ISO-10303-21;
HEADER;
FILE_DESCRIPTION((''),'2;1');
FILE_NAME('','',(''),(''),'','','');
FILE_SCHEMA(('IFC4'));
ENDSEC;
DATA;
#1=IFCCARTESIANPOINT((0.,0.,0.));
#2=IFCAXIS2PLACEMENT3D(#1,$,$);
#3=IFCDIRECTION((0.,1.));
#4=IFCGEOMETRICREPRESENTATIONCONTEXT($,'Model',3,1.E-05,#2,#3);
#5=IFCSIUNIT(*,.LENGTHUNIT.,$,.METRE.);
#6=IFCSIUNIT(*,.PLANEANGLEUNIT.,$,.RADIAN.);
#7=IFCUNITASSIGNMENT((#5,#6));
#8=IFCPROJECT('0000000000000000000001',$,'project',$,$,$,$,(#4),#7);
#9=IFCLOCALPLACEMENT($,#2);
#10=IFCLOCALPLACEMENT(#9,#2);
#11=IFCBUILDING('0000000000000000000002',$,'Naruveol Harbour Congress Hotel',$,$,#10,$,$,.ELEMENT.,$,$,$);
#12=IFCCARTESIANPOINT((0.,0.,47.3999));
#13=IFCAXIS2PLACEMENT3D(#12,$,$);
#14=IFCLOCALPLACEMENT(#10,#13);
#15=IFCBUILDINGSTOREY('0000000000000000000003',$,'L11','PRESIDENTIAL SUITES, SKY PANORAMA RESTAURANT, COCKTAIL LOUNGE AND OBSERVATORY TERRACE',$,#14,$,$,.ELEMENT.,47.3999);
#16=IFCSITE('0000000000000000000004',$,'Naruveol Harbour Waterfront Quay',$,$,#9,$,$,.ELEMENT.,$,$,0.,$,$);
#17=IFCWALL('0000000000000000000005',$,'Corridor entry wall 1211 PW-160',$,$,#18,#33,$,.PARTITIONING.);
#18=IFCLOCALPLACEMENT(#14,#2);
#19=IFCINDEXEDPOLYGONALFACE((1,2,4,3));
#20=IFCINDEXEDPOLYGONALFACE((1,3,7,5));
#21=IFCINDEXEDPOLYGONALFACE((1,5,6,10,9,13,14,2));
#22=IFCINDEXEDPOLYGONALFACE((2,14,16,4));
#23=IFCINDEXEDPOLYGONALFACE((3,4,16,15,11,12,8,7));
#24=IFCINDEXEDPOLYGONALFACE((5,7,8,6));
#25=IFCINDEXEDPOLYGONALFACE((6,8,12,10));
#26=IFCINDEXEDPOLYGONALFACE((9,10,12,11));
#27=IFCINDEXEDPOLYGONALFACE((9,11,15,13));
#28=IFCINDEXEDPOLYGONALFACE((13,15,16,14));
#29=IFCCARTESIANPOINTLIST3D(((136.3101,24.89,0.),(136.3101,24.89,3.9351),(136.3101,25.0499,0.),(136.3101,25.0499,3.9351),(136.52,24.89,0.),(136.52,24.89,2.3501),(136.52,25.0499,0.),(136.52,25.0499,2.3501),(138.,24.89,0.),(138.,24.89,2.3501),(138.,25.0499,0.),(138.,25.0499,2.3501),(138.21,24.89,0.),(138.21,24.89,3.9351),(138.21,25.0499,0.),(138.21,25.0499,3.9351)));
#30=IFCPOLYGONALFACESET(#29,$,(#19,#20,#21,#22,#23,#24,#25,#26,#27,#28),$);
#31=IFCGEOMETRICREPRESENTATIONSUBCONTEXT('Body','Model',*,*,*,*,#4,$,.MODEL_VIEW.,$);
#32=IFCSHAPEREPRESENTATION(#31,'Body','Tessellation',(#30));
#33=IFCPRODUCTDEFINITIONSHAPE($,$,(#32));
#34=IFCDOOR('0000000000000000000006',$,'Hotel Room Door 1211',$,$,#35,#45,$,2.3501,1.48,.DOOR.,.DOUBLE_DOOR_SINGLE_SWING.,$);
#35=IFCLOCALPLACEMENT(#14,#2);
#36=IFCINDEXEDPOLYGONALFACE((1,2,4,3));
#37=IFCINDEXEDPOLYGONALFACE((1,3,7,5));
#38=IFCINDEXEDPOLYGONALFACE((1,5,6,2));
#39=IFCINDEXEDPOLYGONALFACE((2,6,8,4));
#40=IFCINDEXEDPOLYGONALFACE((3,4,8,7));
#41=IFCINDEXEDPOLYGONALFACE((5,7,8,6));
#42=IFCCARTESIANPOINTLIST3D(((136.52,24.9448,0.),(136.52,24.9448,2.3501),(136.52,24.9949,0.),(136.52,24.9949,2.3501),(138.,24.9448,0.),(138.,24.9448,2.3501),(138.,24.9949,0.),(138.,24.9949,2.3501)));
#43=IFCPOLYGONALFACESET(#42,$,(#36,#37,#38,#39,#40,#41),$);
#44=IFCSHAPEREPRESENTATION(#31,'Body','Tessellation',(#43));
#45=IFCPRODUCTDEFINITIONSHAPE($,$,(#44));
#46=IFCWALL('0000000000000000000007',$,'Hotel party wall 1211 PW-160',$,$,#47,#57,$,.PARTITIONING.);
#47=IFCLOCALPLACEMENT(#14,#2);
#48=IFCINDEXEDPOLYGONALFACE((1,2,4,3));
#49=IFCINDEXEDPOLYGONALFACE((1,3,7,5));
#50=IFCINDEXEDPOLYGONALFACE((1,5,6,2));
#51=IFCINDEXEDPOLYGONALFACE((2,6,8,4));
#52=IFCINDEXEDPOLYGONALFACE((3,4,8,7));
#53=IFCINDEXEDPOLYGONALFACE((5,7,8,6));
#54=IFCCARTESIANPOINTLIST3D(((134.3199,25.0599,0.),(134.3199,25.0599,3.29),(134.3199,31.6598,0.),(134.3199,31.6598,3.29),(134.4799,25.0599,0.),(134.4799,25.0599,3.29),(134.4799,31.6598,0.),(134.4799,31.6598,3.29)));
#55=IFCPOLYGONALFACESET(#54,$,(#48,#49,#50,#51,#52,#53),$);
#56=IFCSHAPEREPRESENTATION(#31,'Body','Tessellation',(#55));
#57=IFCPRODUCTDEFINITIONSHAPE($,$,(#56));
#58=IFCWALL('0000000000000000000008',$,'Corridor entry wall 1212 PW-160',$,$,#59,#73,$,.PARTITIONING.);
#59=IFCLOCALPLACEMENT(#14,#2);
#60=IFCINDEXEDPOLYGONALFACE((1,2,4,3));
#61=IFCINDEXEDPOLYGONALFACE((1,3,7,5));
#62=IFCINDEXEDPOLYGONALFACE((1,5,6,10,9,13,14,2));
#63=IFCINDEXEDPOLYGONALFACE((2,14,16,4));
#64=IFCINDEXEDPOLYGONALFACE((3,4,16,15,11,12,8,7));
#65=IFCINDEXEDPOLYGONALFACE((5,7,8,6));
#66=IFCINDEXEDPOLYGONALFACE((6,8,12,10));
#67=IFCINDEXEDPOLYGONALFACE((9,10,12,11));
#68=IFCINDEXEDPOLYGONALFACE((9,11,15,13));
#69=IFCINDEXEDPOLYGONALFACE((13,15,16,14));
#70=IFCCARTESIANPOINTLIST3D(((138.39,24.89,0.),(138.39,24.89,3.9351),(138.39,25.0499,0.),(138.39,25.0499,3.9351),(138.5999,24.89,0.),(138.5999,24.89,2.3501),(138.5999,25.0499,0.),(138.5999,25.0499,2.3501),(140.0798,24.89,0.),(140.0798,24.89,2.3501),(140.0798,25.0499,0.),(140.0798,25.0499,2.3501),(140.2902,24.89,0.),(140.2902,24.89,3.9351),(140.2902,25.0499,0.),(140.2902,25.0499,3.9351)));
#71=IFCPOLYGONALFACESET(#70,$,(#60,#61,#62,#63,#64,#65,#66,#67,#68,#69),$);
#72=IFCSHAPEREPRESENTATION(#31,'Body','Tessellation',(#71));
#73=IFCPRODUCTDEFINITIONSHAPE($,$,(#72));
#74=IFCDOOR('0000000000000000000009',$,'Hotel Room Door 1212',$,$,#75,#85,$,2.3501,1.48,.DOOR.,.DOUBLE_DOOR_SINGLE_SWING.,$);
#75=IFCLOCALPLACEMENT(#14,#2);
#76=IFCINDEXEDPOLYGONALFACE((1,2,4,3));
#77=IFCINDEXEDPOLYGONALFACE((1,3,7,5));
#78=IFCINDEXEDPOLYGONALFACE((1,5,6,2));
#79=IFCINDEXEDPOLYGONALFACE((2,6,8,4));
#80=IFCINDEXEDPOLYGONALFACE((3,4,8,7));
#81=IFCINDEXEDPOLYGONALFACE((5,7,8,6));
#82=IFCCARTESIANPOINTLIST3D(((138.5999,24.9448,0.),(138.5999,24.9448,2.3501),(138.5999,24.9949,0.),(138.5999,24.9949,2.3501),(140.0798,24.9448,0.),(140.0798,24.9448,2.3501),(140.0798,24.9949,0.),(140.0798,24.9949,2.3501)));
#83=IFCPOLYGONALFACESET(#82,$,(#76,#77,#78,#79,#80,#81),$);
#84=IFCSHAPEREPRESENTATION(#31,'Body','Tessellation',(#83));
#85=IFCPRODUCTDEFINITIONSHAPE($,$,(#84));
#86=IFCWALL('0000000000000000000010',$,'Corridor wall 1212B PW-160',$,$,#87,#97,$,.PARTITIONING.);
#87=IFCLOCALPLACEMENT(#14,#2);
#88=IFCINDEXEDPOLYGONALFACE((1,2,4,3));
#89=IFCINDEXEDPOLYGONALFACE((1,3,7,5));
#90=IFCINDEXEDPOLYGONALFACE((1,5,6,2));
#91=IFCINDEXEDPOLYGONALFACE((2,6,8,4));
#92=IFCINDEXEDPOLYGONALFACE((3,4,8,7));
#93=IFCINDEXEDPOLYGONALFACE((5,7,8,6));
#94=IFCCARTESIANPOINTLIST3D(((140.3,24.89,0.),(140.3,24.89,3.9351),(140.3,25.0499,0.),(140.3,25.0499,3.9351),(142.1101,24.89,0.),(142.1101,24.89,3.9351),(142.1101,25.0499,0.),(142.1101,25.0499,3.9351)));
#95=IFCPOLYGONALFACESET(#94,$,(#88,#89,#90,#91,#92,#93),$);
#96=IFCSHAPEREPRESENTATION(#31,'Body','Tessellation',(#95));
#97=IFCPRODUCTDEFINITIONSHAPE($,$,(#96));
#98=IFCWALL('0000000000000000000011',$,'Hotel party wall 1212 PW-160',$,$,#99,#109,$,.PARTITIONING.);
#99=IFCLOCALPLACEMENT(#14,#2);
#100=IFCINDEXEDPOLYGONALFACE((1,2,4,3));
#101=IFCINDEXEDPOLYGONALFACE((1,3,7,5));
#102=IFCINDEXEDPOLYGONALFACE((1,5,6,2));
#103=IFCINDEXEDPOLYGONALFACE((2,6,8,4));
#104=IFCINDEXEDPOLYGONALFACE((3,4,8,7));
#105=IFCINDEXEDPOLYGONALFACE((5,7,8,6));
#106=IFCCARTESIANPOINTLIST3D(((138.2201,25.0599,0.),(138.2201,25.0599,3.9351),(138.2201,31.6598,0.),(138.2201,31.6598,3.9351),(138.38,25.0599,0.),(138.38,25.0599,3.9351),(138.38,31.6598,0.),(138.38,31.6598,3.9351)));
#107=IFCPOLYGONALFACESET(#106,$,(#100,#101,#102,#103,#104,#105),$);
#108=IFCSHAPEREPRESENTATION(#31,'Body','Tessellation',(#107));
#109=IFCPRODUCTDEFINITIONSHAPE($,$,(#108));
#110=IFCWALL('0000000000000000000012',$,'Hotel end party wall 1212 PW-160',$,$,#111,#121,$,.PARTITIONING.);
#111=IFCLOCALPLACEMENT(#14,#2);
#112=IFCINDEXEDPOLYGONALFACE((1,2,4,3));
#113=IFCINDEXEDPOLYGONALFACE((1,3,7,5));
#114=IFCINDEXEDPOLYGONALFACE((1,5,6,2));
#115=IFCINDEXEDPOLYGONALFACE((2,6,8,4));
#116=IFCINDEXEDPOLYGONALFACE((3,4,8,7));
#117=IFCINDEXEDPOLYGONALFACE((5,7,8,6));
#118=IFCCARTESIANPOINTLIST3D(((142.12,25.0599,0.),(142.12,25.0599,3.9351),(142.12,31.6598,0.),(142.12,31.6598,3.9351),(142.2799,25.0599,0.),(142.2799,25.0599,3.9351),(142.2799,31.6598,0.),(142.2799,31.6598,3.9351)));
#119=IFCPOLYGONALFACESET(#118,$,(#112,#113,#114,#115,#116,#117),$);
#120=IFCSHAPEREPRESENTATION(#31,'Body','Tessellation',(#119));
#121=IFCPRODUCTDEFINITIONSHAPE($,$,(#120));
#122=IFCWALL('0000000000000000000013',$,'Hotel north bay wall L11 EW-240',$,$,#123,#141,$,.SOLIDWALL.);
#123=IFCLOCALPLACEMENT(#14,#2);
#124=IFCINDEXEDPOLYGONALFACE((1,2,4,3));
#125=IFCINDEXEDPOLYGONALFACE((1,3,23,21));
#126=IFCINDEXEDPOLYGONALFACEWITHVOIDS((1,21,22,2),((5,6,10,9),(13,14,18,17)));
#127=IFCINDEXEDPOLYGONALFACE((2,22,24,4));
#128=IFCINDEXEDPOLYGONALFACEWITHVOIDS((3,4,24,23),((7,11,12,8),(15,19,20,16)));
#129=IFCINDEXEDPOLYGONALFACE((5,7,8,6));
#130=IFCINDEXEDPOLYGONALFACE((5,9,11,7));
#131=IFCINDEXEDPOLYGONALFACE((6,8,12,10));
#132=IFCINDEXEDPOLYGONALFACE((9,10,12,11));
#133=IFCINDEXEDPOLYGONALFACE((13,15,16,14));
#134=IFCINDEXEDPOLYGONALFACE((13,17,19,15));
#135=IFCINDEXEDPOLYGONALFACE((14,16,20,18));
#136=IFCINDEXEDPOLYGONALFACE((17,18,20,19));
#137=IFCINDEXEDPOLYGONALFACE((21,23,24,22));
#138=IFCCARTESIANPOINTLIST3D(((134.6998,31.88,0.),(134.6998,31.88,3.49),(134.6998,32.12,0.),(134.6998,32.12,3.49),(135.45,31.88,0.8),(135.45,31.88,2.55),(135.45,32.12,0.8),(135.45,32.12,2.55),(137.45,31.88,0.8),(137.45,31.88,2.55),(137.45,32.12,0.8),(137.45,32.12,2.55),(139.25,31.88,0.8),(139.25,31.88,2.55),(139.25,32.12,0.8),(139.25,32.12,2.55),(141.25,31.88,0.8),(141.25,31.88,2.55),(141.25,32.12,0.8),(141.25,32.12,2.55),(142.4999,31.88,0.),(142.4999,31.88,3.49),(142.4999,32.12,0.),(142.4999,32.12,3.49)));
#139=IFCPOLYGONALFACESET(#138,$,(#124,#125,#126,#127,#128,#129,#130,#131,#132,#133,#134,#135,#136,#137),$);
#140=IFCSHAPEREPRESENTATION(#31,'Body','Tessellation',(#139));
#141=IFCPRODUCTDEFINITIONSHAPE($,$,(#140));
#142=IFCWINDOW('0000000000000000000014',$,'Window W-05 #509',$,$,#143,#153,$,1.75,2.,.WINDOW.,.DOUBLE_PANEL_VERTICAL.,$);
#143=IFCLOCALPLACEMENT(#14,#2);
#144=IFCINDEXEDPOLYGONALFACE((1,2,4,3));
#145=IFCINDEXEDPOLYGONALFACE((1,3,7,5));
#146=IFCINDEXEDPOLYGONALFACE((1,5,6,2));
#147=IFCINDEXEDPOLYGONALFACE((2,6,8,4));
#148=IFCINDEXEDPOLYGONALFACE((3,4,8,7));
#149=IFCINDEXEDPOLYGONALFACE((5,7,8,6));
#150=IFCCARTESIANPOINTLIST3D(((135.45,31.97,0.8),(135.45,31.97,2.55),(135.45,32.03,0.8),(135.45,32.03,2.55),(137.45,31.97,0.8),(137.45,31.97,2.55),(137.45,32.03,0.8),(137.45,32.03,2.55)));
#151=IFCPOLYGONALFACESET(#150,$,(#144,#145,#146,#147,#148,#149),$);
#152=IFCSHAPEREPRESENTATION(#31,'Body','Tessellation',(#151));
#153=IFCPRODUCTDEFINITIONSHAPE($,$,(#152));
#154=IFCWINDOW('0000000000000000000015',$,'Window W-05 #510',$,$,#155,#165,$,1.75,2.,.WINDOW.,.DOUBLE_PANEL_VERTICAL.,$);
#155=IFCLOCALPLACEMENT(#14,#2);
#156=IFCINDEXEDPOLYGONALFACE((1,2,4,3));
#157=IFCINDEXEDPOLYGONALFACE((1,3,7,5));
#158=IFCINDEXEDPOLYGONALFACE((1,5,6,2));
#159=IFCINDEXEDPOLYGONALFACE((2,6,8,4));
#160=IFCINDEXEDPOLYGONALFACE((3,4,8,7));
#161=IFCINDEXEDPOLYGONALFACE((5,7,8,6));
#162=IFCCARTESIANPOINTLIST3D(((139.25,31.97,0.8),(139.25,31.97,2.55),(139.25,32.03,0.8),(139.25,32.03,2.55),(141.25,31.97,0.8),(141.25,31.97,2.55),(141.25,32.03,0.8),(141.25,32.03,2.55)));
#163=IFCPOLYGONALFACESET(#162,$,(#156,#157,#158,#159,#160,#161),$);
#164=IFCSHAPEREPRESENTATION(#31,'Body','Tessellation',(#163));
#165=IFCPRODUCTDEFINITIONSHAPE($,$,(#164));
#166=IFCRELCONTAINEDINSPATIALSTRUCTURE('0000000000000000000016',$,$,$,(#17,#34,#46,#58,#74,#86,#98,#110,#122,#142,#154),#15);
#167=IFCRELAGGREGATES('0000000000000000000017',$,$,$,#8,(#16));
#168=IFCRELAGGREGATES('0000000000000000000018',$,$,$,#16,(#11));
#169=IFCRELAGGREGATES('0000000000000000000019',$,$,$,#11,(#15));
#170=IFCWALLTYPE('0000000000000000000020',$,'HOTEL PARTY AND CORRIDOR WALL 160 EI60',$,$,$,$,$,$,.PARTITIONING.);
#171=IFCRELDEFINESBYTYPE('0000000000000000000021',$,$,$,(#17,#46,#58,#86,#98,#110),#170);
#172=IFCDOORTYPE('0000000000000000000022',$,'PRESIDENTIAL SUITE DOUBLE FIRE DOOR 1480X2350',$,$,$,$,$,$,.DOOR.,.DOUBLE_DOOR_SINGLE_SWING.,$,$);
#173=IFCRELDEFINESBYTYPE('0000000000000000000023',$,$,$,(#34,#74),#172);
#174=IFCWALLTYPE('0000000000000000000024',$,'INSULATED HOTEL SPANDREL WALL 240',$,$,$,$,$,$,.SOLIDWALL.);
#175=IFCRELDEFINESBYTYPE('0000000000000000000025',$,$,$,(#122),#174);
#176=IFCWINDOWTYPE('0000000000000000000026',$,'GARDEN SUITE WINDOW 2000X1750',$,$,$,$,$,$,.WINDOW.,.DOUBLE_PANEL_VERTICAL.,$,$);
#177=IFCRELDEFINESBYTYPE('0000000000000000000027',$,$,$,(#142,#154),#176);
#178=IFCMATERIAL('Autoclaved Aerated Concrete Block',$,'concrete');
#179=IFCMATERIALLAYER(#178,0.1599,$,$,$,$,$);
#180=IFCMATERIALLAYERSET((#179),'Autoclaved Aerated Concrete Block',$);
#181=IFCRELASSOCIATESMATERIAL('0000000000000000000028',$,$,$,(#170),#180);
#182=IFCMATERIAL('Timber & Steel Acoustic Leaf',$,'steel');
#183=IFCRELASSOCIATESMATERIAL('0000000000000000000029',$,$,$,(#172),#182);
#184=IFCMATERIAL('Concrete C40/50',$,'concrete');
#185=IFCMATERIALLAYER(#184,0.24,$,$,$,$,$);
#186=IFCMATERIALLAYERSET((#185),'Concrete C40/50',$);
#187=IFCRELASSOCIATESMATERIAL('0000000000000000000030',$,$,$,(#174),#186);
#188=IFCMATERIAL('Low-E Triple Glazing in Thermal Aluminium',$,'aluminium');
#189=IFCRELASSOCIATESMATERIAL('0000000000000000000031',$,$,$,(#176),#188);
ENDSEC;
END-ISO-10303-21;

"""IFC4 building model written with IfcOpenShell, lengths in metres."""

from ifc_helpers import new_model, si_unit, direction, frame, frame_2d, origin, place, context, subcontext, project, spatial, rectangle, extrude, material, layer, layer_set, type_object, element, fill, save


model = new_model("IFC4")

# Units and contexts
model_context = context("Model", 3, precision=1e-05, world=origin(), true_north=direction((0.0, 1.0)))
body_context = subcontext(model_context, "Body", "Model", "MODEL_VIEW")
ifc_project = project(units=[si_unit("LENGTHUNIT", "METRE"), si_unit("PLANEANGLEUNIT", "RADIAN")], contexts=[model_context])

# Site, building, storey
site_placement = place(None, origin())
site = spatial("IfcSite", under=ifc_project, at=site_placement, Name="Naruveol Harbour Waterfront Quay", CompositionType="ELEMENT", RefElevation=0.0)
building_placement = place(site_placement, origin())
building = spatial("IfcBuilding", under=site, at=building_placement, Name="Naruveol Harbour Congress Hotel", CompositionType="ELEMENT")
storey_placement = place(building_placement, frame((0.0, 0.0, 47.3999)))
storey = spatial("IfcBuildingStorey", under=building, at=storey_placement, Name="L11", Description="PRESIDENTIAL SUITES, SKY PANORAMA RESTAURANT, COCKTAIL LOUNGE AND OBSERVATORY TERRACE", CompositionType="ELEMENT", Elevation=47.3999)

# Shared definitions
ifc_material_1 = material(Name="Autoclaved Aerated Concrete Block", Category="concrete")
ifc_layer_1 = layer(ifc_material_1, 0.1599)
ifc_layer_set_1 = layer_set([ifc_layer_1], Name="Autoclaved Aerated Concrete Block")
wall_type_1 = type_object("IfcWallType", Name="HOTEL PARTY AND CORRIDOR WALL 160 EI60", PredefinedType="PARTITIONING", material=ifc_layer_set_1)

# Wall, opening, door
wall_1_placement = place(storey_placement, frame((136.3101, 24.97, 0.0), z_axis=(0.0, 0.0, 1.0), x_axis=(1.0, 0.0, 0.0)))
wall_1 = element("IfcWall", 1, at=wall_1_placement, inside=storey, type_object=wall_type_1, Name="Corridor entry wall 1211 PW-160", PredefinedType="PARTITIONING", context=body_context, shape_type="SweptSolid", body=[
    extrude(rectangle(XDim=1.8999, YDim=0.1599, at=frame_2d((0.95, 0.0))), origin(), (0.0, 0.0, 1.0), 3.9351),
])
opening_1_placement = place(wall_1_placement, frame((0.21, 0.0, 0.0)))
opening_1 = element("IfcOpeningElement", 2, at=opening_1_placement, cuts=wall_1, PredefinedType="OPENING", context=body_context, shape_type="SweptSolid", body=[
    extrude(rectangle(XDim=1.48, YDim=2.3501, at=frame_2d((0.74, 1.175))), frame((0.0, 0.0898, 0.0), z_axis=(0.0, -1.0, 0.0), x_axis=(1.0, 0.0, 0.0)), (0.0, 0.0, 1.0), 0.1799),
])
ifc_material_2 = material(Name="Timber & Steel Acoustic Leaf", Category="steel")
door_type_1 = type_object("IfcDoorType", Name="PRESIDENTIAL SUITE DOUBLE FIRE DOOR 1480X2350", OperationType="DOUBLE_DOOR_SINGLE_SWING", PredefinedType="DOOR", material=ifc_material_2)
door_1_placement = place(opening_1_placement, origin())
door_1 = element("IfcDoor", 3, at=door_1_placement, inside=storey, type_object=door_type_1, Name="Hotel Room Door 1211", OperationType="DOUBLE_DOOR_SINGLE_SWING", OverallHeight=2.3501, OverallWidth=1.48, PredefinedType="DOOR", context=body_context, shape_type="SweptSolid", body=[
    extrude(rectangle(XDim=1.48, YDim=2.3501, at=frame_2d((0.74, 1.175))), frame((0.0, 0.0249, 0.0), z_axis=(0.0, -1.0, 0.0), x_axis=(1.0, 0.0, 0.0)), (0.0, 0.0, 1.0), 0.05),
])
fill(opening_1, door_1)

# Wall
wall_2_placement = place(storey_placement, frame((134.3999, 25.0601, 0.0), z_axis=(0.0, 0.0, 1.0), x_axis=(0.0, 1.0, 0.0)))
element("IfcWall", 4, at=wall_2_placement, inside=storey, type_object=wall_type_1, Name="Hotel party wall 1211 PW-160", PredefinedType="PARTITIONING", context=body_context, shape_type="SweptSolid", body=[
    extrude(rectangle(XDim=6.5999, YDim=0.1599, at=frame_2d((3.2998, 0.0))), origin(), (0.0, 0.0, 1.0), 3.29),
])

# Wall, opening, door
wall_3_placement = place(storey_placement, frame((138.3899, 24.97, 0.0), z_axis=(0.0, 0.0, 1.0), x_axis=(1.0, 0.0, 0.0)))
wall_3 = element("IfcWall", 5, at=wall_3_placement, inside=storey, type_object=wall_type_1, Name="Corridor entry wall 1212 PW-160", PredefinedType="PARTITIONING", context=body_context, shape_type="SweptSolid", body=[
    extrude(rectangle(XDim=1.9001, YDim=0.1599, at=frame_2d((0.9502, 0.0))), origin(), (0.0, 0.0, 1.0), 3.9351),
])
opening_2_placement = place(wall_3_placement, frame((0.21, 0.0, 0.0)))
opening_2 = element("IfcOpeningElement", 6, at=opening_2_placement, cuts=wall_3, PredefinedType="OPENING", context=body_context, shape_type="SweptSolid", body=[
    extrude(rectangle(XDim=1.48, YDim=2.3501, at=frame_2d((0.74, 1.175))), frame((0.0, 0.0898, 0.0), z_axis=(0.0, -1.0, 0.0), x_axis=(1.0, 0.0, 0.0)), (0.0, 0.0, 1.0), 0.1799),
])
door_2_placement = place(opening_2_placement, origin())
door_2 = element("IfcDoor", 7, at=door_2_placement, inside=storey, type_object=door_type_1, Name="Hotel Room Door 1212", OperationType="DOUBLE_DOOR_SINGLE_SWING", OverallHeight=2.3501, OverallWidth=1.48, PredefinedType="DOOR", context=body_context, shape_type="SweptSolid", body=[
    extrude(rectangle(XDim=1.48, YDim=2.3501, at=frame_2d((0.74, 1.175))), frame((0.0, 0.0249, 0.0), z_axis=(0.0, -1.0, 0.0), x_axis=(1.0, 0.0, 0.0)), (0.0, 0.0, 1.0), 0.05),
])
fill(opening_2, door_2)

# Walls
wall_4_placement = place(storey_placement, frame((140.3, 24.97, 0.0), z_axis=(0.0, 0.0, 1.0), x_axis=(1.0, 0.0, 0.0)))
element("IfcWall", 8, at=wall_4_placement, inside=storey, type_object=wall_type_1, Name="Corridor wall 1212B PW-160", PredefinedType="PARTITIONING", context=body_context, shape_type="SweptSolid", body=[
    extrude(rectangle(XDim=1.8101, YDim=0.1599, at=frame_2d((0.905, 0.0))), origin(), (0.0, 0.0, 1.0), 3.9351),
])
for number, where, z_axis, x_axis, name in (
    (9, (138.3, 25.0601, 0.0), (0.0, 0.0, 1.0), (0.0, 1.0, 0.0), "Hotel party wall 1212 PW-160"),
    (10, (142.2, 25.0601, 0.0), (0.0, 0.0, 1.0), (0.0, 1.0, 0.0), "Hotel end party wall 1212 PW-160"),
):
    element("IfcWall", number, at=place(storey_placement, frame(where, z_axis=z_axis, x_axis=x_axis)), inside=storey, type_object=wall_type_1, Name=name, PredefinedType="PARTITIONING", context=body_context, shape_type="SweptSolid", body=[
        extrude(rectangle(XDim=6.5999, YDim=0.1599, at=frame_2d((3.2998, 0.0))), origin(), (0.0, 0.0, 1.0), 3.9351),
    ])

# Wall, openings, windows
ifc_material_3 = material(Name="Concrete C40/50", Category="concrete")
ifc_layer_2 = layer(ifc_material_3, 0.24)
ifc_layer_set_2 = layer_set([ifc_layer_2], Name="Concrete C40/50")
wall_type_2 = type_object("IfcWallType", Name="INSULATED HOTEL SPANDREL WALL 240", PredefinedType="SOLIDWALL", material=ifc_layer_set_2)
wall_5_placement = place(storey_placement, frame((134.7, 32.0, 0.0), z_axis=(0.0, 0.0, 1.0), x_axis=(1.0, 0.0, 0.0)))
wall_5 = element("IfcWall", 11, at=wall_5_placement, inside=storey, type_object=wall_type_2, Name="Hotel north bay wall L11 EW-240", PredefinedType="SOLIDWALL", context=body_context, shape_type="SweptSolid", body=[
    extrude(rectangle(XDim=7.8, YDim=0.24, at=frame_2d((3.8999, 0.0))), origin(), (0.0, 0.0, 1.0), 3.49),
])
opening_3_placement = place(wall_5_placement, frame((0.75, 0.0, 0.8)))
opening_3 = element("IfcOpeningElement", 12, at=opening_3_placement, cuts=wall_5, PredefinedType="OPENING", context=body_context, shape_type="SweptSolid", body=[
    extrude(rectangle(XDim=2.0, YDim=1.75, at=frame_2d((1.0, 0.875))), frame((0.0, 0.1299, 0.0), z_axis=(0.0, -1.0, 0.0), x_axis=(1.0, 0.0, 0.0)), (0.0, 0.0, 1.0), 0.26),
])
opening_4_placement = place(wall_5_placement, frame((4.55, 0.0, 0.8)))
opening_4 = element("IfcOpeningElement", 13, at=opening_4_placement, cuts=wall_5, PredefinedType="OPENING", context=body_context, shape_type="SweptSolid", body=[
    extrude(rectangle(XDim=2.0, YDim=1.75, at=frame_2d((1.0, 0.875))), frame((0.0, 0.1299, 0.0), z_axis=(0.0, -1.0, 0.0), x_axis=(1.0, 0.0, 0.0)), (0.0, 0.0, 1.0), 0.26),
])
ifc_material_4 = material(Name="Low-E Triple Glazing in Thermal Aluminium", Category="aluminium")
window_type = type_object("IfcWindowType", Name="GARDEN SUITE WINDOW 2000X1750", PartitioningType="DOUBLE_PANEL_VERTICAL", PredefinedType="WINDOW", material=ifc_material_4)
window_1_placement = place(opening_3_placement, origin())
window_1 = element("IfcWindow", 14, at=window_1_placement, inside=storey, type_object=window_type, Name="Window W-05 #509", OverallHeight=1.75, OverallWidth=2.0, PartitioningType="DOUBLE_PANEL_VERTICAL", PredefinedType="WINDOW", context=body_context, shape_type="SweptSolid", body=[
    extrude(rectangle(XDim=2.0, YDim=1.75, at=frame_2d((1.0, 0.875))), frame((0.0, 0.03, 0.0), z_axis=(0.0, -1.0, 0.0), x_axis=(1.0, 0.0, 0.0)), (0.0, 0.0, 1.0), 0.0601),
])
fill(opening_3, window_1)
window_2_placement = place(opening_4_placement, origin())
window_2 = element("IfcWindow", 15, at=window_2_placement, inside=storey, type_object=window_type, Name="Window W-05 #510", OverallHeight=1.75, OverallWidth=2.0, PartitioningType="DOUBLE_PANEL_VERTICAL", PredefinedType="WINDOW", context=body_context, shape_type="SweptSolid", body=[
    extrude(rectangle(XDim=2.0, YDim=1.75, at=frame_2d((1.0, 0.875))), frame((0.0, 0.03, 0.0), z_axis=(0.0, -1.0, 0.0), x_axis=(1.0, 0.0, 0.0)), (0.0, 0.0, 1.0), 0.0601),
])
fill(opening_4, window_2)

save(model, "model.ifc")
